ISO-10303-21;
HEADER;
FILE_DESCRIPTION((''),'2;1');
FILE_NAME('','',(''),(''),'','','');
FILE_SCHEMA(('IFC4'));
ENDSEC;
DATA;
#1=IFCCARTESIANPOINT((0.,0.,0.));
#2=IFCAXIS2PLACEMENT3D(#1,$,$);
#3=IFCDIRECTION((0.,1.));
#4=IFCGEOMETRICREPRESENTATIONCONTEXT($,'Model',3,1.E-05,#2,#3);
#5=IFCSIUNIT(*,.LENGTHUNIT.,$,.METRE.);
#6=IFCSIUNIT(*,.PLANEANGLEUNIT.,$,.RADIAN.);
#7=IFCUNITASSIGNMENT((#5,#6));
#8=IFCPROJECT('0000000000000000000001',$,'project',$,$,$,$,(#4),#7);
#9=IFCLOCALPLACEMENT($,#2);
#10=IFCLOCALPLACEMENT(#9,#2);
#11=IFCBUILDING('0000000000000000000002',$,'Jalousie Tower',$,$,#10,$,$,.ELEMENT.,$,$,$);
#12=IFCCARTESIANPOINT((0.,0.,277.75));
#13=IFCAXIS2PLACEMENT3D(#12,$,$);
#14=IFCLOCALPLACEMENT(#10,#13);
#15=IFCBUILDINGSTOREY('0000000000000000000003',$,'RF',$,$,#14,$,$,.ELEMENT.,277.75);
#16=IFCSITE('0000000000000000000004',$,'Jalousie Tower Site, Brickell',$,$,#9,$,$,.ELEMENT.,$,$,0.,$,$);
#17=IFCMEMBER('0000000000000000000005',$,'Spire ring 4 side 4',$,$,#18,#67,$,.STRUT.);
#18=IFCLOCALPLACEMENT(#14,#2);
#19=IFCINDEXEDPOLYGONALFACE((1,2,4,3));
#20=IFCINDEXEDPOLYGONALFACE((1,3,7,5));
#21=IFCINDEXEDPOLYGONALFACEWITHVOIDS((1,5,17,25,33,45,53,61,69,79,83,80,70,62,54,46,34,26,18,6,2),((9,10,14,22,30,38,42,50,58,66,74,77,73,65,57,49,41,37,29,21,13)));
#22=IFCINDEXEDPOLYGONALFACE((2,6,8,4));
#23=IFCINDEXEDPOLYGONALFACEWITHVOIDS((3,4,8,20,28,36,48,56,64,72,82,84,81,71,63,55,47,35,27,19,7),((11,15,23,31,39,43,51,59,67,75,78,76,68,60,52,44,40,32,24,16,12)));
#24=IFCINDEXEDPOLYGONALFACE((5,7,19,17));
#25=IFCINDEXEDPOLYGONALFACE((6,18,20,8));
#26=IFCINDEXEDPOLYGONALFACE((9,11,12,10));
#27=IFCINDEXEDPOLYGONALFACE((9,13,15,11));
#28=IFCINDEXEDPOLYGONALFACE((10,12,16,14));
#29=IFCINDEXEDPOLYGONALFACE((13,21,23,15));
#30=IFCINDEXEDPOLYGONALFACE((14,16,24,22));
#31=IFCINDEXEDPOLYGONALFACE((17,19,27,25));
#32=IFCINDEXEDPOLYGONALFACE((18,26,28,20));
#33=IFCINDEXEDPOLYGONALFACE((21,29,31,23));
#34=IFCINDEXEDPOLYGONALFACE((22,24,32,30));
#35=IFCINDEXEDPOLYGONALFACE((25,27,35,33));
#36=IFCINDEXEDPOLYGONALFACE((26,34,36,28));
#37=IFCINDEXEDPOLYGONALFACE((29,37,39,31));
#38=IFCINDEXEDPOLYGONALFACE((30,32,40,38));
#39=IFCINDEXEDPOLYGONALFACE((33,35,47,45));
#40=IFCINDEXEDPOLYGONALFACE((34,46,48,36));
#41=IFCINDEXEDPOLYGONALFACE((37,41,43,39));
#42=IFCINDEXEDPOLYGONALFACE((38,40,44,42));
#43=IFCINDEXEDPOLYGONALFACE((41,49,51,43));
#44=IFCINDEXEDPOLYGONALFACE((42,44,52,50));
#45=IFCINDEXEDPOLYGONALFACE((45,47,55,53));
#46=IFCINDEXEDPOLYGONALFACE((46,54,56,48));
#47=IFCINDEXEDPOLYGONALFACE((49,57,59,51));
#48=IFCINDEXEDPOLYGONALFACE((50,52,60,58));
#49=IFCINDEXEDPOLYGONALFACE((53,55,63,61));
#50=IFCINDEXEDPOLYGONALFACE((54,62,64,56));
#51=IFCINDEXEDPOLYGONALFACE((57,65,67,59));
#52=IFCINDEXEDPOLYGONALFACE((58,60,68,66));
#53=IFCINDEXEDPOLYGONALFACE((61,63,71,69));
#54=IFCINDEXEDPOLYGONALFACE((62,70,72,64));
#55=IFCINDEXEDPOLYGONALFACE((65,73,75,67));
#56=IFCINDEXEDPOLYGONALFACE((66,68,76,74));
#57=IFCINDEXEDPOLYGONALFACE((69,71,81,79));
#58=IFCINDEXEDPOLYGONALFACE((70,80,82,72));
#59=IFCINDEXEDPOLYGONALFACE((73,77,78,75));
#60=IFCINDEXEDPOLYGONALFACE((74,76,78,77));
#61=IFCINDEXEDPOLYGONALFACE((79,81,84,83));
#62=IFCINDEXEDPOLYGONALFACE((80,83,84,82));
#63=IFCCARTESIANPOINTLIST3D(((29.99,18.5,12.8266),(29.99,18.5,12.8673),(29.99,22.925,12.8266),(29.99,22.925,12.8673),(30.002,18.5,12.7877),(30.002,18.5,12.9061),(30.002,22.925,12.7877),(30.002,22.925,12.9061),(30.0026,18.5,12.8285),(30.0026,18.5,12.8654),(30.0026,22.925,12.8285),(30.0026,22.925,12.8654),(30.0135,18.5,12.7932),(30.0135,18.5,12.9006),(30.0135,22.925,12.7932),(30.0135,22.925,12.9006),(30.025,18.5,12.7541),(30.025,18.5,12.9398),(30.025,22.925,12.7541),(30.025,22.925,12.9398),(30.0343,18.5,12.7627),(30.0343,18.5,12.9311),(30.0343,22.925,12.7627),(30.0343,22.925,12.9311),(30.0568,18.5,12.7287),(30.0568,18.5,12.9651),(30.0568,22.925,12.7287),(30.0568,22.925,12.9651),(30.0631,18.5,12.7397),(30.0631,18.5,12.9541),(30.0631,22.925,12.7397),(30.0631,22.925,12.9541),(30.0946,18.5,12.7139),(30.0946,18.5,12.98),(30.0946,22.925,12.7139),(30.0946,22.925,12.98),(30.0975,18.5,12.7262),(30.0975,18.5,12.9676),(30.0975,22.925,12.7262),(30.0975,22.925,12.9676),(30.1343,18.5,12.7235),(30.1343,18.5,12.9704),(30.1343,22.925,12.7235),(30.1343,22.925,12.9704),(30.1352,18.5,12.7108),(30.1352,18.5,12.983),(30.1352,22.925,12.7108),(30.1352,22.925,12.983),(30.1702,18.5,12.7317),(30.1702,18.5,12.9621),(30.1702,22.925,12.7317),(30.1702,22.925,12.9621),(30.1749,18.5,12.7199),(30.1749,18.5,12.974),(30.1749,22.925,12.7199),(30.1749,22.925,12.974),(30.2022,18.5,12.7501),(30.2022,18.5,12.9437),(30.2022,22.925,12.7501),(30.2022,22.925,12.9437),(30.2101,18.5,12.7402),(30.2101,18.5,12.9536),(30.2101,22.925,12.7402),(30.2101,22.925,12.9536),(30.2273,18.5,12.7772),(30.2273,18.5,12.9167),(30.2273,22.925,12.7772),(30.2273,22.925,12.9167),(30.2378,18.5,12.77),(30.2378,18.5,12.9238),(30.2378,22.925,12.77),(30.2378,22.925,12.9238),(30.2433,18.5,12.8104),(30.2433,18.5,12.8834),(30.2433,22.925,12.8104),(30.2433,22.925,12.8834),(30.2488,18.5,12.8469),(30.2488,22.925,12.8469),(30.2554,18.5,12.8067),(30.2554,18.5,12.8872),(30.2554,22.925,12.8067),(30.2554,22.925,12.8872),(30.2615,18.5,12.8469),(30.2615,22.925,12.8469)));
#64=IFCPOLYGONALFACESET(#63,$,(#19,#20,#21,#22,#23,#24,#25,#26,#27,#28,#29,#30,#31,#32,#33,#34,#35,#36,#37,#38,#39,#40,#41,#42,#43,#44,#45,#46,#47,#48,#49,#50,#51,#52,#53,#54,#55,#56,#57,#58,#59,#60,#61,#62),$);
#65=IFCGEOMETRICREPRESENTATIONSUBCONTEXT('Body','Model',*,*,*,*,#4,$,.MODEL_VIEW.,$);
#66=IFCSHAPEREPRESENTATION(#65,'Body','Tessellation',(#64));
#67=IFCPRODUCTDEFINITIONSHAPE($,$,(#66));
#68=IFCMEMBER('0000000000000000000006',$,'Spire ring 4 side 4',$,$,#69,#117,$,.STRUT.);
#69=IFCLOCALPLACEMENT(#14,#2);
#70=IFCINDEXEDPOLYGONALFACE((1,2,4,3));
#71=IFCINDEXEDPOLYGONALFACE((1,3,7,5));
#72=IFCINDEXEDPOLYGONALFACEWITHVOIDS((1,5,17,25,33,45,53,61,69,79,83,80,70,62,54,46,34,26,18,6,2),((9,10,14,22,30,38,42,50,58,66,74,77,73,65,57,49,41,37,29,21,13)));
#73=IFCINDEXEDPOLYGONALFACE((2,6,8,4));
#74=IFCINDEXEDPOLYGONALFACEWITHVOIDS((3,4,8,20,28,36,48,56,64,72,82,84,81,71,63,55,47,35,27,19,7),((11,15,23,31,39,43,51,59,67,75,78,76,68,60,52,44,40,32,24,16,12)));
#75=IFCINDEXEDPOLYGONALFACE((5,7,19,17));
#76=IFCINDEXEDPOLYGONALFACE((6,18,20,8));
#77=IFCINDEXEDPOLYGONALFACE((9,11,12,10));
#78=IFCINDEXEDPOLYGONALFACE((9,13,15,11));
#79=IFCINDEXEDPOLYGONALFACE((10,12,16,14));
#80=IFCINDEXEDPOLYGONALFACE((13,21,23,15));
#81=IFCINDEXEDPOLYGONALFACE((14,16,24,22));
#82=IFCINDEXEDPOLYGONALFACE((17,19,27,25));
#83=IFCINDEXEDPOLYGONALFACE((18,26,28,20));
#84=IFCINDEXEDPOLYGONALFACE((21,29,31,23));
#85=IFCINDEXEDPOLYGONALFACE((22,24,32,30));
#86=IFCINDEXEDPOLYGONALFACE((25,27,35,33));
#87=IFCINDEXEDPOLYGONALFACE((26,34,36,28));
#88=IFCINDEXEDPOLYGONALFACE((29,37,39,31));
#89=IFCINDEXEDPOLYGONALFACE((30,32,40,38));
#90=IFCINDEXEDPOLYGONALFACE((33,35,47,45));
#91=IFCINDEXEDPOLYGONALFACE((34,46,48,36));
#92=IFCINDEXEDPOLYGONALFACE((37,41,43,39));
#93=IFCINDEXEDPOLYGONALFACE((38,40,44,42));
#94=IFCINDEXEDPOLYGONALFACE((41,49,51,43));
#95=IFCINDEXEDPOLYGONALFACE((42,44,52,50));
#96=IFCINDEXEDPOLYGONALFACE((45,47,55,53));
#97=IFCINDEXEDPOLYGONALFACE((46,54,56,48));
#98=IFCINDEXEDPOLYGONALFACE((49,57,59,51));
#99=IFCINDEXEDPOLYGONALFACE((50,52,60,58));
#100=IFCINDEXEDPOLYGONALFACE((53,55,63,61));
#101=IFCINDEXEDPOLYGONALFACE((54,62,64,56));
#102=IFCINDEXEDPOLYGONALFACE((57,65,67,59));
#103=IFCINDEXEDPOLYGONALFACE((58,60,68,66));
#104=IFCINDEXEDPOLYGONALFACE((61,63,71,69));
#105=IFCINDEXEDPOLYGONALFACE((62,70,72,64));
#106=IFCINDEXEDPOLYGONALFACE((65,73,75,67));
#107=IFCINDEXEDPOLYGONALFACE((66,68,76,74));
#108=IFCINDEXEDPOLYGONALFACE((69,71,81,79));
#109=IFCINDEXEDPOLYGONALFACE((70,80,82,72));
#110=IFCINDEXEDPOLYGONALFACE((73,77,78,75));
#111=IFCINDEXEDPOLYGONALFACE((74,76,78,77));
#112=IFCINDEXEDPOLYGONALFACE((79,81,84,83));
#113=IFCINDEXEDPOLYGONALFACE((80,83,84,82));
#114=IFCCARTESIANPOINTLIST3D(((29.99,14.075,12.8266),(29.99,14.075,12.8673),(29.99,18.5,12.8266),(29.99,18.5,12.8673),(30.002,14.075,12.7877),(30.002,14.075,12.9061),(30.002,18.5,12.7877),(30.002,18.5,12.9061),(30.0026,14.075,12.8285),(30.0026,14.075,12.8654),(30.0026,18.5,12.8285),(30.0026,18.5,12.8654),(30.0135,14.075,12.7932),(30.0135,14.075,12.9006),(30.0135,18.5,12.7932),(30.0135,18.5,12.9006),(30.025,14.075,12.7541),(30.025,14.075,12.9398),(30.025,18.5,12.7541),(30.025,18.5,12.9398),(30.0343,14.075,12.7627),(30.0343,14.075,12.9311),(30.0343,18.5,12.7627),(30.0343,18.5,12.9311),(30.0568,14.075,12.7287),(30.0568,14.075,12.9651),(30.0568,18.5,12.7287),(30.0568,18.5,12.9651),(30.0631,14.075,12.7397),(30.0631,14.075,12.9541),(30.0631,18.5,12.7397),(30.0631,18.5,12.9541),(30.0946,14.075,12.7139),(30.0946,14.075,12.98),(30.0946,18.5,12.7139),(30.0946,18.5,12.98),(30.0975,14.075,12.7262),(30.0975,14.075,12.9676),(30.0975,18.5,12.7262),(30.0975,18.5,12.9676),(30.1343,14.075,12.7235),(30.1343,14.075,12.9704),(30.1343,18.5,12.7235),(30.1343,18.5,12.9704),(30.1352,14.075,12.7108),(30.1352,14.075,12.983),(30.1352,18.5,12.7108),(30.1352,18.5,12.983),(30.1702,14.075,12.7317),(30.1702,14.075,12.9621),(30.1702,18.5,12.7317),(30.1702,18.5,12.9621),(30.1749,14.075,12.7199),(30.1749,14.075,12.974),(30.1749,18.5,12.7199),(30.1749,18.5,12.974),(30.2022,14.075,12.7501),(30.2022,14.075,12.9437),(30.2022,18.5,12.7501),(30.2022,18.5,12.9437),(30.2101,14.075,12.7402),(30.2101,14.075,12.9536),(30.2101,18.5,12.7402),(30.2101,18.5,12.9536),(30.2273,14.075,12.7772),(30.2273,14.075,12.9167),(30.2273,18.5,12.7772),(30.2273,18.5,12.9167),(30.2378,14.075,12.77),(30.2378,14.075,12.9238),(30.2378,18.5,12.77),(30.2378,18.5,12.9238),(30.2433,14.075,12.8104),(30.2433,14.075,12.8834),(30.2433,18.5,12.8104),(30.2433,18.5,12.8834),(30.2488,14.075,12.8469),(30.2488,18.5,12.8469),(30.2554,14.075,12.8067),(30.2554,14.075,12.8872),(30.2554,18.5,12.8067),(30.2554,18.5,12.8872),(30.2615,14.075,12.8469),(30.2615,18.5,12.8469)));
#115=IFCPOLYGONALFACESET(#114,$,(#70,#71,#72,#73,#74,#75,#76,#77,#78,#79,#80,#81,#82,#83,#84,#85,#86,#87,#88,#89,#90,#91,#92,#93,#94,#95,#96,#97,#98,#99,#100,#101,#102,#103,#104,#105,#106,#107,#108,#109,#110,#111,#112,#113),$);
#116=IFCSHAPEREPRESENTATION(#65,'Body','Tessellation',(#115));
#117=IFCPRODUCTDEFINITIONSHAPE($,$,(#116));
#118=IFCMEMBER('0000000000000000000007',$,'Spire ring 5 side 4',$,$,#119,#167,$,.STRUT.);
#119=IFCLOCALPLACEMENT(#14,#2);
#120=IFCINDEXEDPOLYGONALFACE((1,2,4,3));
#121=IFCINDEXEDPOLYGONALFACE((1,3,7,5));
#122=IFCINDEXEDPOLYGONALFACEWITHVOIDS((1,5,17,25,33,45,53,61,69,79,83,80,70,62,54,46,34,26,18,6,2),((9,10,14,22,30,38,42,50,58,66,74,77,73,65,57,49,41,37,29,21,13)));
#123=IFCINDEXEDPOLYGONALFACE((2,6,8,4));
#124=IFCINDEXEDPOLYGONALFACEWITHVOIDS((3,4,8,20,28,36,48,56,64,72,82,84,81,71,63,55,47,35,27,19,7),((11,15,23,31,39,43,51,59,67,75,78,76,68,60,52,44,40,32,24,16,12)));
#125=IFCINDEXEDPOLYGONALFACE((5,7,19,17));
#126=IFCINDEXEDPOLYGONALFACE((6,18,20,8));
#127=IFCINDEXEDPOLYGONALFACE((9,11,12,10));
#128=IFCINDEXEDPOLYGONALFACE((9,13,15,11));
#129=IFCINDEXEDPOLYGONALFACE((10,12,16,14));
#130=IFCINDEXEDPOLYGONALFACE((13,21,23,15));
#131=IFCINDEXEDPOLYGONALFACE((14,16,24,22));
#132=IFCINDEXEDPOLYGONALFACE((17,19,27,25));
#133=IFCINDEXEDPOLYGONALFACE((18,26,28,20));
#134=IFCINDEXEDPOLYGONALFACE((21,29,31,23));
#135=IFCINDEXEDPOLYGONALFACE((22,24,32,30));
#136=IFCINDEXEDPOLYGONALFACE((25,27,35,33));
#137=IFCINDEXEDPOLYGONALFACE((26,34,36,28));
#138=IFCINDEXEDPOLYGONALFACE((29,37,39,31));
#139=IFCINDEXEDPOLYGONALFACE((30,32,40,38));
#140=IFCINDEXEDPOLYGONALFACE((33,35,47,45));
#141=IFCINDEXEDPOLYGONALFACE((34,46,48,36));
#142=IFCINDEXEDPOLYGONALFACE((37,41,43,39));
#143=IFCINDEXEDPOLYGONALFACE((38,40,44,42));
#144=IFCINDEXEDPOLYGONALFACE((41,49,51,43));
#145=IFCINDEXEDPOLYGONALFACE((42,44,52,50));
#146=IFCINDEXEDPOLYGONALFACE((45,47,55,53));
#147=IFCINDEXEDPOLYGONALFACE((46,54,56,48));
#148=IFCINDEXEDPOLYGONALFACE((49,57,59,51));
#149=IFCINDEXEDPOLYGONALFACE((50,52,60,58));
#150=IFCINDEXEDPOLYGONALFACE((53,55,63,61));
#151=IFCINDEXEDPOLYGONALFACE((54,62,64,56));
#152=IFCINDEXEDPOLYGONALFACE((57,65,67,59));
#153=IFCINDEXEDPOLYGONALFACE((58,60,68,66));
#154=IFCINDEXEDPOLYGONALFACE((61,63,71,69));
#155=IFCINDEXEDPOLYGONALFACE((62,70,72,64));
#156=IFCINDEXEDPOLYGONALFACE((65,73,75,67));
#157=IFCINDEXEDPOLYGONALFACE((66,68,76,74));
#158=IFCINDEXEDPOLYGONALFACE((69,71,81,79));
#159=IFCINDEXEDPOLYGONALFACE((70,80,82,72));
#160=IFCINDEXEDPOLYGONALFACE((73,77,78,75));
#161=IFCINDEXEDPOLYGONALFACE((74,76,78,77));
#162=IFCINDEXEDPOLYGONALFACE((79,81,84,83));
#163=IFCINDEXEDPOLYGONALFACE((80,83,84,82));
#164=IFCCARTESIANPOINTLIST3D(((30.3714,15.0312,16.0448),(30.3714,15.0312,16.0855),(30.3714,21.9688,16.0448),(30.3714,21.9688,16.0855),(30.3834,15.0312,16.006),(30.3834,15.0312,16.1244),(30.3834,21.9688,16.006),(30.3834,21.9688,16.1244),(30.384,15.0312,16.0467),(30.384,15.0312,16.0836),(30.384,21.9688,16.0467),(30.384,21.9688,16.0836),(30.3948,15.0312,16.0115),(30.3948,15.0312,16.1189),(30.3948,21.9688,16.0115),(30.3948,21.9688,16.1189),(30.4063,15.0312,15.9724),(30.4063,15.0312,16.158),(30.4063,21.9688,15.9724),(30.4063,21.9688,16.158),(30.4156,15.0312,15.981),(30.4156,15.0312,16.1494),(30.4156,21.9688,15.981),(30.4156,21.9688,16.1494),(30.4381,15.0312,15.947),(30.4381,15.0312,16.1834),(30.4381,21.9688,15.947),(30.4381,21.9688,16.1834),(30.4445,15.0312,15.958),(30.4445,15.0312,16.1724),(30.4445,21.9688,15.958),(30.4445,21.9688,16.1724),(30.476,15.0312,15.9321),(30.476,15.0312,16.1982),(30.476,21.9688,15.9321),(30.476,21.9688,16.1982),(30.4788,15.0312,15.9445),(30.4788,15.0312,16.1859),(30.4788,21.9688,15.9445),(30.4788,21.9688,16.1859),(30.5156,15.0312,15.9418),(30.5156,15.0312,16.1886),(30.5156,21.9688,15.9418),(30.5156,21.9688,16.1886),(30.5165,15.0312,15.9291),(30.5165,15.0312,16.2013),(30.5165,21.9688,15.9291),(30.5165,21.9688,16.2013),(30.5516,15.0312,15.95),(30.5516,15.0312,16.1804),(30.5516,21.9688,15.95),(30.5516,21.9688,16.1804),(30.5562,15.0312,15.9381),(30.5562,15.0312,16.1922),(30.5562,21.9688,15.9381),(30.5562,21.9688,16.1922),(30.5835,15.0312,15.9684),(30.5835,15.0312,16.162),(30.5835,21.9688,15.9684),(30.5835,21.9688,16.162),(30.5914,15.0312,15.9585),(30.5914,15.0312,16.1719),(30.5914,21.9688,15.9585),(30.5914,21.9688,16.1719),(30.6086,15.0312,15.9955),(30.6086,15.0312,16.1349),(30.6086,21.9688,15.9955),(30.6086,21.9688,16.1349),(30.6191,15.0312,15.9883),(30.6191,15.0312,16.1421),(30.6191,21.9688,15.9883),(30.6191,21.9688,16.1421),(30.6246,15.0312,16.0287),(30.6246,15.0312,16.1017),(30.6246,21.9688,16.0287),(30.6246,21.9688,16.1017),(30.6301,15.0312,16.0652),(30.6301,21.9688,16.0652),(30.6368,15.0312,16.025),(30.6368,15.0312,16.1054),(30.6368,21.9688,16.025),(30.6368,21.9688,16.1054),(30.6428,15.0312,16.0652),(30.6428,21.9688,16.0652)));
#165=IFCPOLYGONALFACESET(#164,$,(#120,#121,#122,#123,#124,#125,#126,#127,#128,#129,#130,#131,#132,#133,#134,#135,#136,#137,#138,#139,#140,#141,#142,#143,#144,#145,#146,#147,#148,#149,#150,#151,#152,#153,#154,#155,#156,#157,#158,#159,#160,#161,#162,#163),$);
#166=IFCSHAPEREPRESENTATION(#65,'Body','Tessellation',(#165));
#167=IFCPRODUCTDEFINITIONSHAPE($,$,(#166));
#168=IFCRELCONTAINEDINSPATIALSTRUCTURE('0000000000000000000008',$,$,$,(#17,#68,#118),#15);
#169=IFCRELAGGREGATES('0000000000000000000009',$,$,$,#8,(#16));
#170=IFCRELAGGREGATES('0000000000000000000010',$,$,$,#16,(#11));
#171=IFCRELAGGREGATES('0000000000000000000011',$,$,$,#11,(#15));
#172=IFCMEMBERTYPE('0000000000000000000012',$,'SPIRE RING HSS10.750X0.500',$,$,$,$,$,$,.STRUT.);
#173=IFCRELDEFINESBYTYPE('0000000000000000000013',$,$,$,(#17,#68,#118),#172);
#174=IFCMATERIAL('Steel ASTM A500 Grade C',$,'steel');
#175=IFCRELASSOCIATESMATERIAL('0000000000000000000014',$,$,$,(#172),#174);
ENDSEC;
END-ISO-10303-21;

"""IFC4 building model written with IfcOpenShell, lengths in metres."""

from ifc_helpers import new_model, si_unit, direction, frame, origin, origin_2d, place, context, subcontext, project, spatial, hollow_circle, extrude, material, material_profile, profile_set, type_object, element, save


model = new_model("IFC4")

# Units and contexts
model_context = context("Model", 3, precision=1e-05, world=origin(), true_north=direction((0.0, 1.0)))
body_context = subcontext(model_context, "Body", "Model", "MODEL_VIEW")
ifc_project = project(units=[si_unit("LENGTHUNIT", "METRE"), si_unit("PLANEANGLEUNIT", "RADIAN")], contexts=[model_context])

# Site, building, storey
site_placement = place(None, origin())
site = spatial("IfcSite", under=ifc_project, at=site_placement, Name="Jalousie Tower Site, Brickell", CompositionType="ELEMENT", RefElevation=0.0)
building_placement = place(site_placement, origin())
building = spatial("IfcBuilding", under=site, at=building_placement, Name="Jalousie Tower", CompositionType="ELEMENT")
storey_placement = place(building_placement, frame((0.0, 0.0, 277.75)))
storey = spatial("IfcBuildingStorey", under=building, at=storey_placement, Name="RF", CompositionType="ELEMENT", Elevation=277.75)

# Members
ifc_material_1 = material(Name="Steel ASTM A500 Grade C", Category="steel")
ifc_material_profile_1 = material_profile(ifc_material_1, hollow_circle(Radius=0.1365, WallThickness=0.0127, at=origin_2d()), Name="HSS10.750X0.500")
ifc_profile_set_1 = profile_set([ifc_material_profile_1], Name="Steel ASTM A500 Grade C")
member_type_1 = type_object("IfcMemberType", Name="SPIRE RING HSS10.750X0.500", PredefinedType="STRUT", material=ifc_profile_set_1)
for number, where, z_axis, x_axis, name in (
    (1, (30.125, 22.925, 12.8469), (0.0, -1.0, 0.0), (1.0, 0.0, 0.0), "Spire ring 4 side 4"),
    (2, (30.125, 18.5, 12.8469), (0.0, -1.0, 0.0), (1.0, 0.0, 0.0), "Spire ring 4 side 4"),
):
    element("IfcMember", number, at=place(storey_placement, frame(where, z_axis=z_axis, x_axis=x_axis)), inside=storey, type_object=member_type_1, Name=name, PredefinedType="STRUT", context=body_context, shape_type="SweptSolid", body=[
        extrude(hollow_circle(Radius=0.1365, WallThickness=0.0127, at=origin_2d()), origin(), (0.0, 0.0, 1.0), 4.425),
    ])
member_1_placement = place(storey_placement, frame((30.5063, 21.9688, 16.0652), z_axis=(0.0, -1.0, 0.0), x_axis=(1.0, 0.0, 0.0)))
element("IfcMember", 3, at=member_1_placement, inside=storey, type_object=member_type_1, Name="Spire ring 5 side 4", PredefinedType="STRUT", context=body_context, shape_type="SweptSolid", body=[
    extrude(hollow_circle(Radius=0.1365, WallThickness=0.0127, at=origin_2d()), origin(), (0.0, 0.0, 1.0), 6.9375),
])

save(model, "model.ifc")
